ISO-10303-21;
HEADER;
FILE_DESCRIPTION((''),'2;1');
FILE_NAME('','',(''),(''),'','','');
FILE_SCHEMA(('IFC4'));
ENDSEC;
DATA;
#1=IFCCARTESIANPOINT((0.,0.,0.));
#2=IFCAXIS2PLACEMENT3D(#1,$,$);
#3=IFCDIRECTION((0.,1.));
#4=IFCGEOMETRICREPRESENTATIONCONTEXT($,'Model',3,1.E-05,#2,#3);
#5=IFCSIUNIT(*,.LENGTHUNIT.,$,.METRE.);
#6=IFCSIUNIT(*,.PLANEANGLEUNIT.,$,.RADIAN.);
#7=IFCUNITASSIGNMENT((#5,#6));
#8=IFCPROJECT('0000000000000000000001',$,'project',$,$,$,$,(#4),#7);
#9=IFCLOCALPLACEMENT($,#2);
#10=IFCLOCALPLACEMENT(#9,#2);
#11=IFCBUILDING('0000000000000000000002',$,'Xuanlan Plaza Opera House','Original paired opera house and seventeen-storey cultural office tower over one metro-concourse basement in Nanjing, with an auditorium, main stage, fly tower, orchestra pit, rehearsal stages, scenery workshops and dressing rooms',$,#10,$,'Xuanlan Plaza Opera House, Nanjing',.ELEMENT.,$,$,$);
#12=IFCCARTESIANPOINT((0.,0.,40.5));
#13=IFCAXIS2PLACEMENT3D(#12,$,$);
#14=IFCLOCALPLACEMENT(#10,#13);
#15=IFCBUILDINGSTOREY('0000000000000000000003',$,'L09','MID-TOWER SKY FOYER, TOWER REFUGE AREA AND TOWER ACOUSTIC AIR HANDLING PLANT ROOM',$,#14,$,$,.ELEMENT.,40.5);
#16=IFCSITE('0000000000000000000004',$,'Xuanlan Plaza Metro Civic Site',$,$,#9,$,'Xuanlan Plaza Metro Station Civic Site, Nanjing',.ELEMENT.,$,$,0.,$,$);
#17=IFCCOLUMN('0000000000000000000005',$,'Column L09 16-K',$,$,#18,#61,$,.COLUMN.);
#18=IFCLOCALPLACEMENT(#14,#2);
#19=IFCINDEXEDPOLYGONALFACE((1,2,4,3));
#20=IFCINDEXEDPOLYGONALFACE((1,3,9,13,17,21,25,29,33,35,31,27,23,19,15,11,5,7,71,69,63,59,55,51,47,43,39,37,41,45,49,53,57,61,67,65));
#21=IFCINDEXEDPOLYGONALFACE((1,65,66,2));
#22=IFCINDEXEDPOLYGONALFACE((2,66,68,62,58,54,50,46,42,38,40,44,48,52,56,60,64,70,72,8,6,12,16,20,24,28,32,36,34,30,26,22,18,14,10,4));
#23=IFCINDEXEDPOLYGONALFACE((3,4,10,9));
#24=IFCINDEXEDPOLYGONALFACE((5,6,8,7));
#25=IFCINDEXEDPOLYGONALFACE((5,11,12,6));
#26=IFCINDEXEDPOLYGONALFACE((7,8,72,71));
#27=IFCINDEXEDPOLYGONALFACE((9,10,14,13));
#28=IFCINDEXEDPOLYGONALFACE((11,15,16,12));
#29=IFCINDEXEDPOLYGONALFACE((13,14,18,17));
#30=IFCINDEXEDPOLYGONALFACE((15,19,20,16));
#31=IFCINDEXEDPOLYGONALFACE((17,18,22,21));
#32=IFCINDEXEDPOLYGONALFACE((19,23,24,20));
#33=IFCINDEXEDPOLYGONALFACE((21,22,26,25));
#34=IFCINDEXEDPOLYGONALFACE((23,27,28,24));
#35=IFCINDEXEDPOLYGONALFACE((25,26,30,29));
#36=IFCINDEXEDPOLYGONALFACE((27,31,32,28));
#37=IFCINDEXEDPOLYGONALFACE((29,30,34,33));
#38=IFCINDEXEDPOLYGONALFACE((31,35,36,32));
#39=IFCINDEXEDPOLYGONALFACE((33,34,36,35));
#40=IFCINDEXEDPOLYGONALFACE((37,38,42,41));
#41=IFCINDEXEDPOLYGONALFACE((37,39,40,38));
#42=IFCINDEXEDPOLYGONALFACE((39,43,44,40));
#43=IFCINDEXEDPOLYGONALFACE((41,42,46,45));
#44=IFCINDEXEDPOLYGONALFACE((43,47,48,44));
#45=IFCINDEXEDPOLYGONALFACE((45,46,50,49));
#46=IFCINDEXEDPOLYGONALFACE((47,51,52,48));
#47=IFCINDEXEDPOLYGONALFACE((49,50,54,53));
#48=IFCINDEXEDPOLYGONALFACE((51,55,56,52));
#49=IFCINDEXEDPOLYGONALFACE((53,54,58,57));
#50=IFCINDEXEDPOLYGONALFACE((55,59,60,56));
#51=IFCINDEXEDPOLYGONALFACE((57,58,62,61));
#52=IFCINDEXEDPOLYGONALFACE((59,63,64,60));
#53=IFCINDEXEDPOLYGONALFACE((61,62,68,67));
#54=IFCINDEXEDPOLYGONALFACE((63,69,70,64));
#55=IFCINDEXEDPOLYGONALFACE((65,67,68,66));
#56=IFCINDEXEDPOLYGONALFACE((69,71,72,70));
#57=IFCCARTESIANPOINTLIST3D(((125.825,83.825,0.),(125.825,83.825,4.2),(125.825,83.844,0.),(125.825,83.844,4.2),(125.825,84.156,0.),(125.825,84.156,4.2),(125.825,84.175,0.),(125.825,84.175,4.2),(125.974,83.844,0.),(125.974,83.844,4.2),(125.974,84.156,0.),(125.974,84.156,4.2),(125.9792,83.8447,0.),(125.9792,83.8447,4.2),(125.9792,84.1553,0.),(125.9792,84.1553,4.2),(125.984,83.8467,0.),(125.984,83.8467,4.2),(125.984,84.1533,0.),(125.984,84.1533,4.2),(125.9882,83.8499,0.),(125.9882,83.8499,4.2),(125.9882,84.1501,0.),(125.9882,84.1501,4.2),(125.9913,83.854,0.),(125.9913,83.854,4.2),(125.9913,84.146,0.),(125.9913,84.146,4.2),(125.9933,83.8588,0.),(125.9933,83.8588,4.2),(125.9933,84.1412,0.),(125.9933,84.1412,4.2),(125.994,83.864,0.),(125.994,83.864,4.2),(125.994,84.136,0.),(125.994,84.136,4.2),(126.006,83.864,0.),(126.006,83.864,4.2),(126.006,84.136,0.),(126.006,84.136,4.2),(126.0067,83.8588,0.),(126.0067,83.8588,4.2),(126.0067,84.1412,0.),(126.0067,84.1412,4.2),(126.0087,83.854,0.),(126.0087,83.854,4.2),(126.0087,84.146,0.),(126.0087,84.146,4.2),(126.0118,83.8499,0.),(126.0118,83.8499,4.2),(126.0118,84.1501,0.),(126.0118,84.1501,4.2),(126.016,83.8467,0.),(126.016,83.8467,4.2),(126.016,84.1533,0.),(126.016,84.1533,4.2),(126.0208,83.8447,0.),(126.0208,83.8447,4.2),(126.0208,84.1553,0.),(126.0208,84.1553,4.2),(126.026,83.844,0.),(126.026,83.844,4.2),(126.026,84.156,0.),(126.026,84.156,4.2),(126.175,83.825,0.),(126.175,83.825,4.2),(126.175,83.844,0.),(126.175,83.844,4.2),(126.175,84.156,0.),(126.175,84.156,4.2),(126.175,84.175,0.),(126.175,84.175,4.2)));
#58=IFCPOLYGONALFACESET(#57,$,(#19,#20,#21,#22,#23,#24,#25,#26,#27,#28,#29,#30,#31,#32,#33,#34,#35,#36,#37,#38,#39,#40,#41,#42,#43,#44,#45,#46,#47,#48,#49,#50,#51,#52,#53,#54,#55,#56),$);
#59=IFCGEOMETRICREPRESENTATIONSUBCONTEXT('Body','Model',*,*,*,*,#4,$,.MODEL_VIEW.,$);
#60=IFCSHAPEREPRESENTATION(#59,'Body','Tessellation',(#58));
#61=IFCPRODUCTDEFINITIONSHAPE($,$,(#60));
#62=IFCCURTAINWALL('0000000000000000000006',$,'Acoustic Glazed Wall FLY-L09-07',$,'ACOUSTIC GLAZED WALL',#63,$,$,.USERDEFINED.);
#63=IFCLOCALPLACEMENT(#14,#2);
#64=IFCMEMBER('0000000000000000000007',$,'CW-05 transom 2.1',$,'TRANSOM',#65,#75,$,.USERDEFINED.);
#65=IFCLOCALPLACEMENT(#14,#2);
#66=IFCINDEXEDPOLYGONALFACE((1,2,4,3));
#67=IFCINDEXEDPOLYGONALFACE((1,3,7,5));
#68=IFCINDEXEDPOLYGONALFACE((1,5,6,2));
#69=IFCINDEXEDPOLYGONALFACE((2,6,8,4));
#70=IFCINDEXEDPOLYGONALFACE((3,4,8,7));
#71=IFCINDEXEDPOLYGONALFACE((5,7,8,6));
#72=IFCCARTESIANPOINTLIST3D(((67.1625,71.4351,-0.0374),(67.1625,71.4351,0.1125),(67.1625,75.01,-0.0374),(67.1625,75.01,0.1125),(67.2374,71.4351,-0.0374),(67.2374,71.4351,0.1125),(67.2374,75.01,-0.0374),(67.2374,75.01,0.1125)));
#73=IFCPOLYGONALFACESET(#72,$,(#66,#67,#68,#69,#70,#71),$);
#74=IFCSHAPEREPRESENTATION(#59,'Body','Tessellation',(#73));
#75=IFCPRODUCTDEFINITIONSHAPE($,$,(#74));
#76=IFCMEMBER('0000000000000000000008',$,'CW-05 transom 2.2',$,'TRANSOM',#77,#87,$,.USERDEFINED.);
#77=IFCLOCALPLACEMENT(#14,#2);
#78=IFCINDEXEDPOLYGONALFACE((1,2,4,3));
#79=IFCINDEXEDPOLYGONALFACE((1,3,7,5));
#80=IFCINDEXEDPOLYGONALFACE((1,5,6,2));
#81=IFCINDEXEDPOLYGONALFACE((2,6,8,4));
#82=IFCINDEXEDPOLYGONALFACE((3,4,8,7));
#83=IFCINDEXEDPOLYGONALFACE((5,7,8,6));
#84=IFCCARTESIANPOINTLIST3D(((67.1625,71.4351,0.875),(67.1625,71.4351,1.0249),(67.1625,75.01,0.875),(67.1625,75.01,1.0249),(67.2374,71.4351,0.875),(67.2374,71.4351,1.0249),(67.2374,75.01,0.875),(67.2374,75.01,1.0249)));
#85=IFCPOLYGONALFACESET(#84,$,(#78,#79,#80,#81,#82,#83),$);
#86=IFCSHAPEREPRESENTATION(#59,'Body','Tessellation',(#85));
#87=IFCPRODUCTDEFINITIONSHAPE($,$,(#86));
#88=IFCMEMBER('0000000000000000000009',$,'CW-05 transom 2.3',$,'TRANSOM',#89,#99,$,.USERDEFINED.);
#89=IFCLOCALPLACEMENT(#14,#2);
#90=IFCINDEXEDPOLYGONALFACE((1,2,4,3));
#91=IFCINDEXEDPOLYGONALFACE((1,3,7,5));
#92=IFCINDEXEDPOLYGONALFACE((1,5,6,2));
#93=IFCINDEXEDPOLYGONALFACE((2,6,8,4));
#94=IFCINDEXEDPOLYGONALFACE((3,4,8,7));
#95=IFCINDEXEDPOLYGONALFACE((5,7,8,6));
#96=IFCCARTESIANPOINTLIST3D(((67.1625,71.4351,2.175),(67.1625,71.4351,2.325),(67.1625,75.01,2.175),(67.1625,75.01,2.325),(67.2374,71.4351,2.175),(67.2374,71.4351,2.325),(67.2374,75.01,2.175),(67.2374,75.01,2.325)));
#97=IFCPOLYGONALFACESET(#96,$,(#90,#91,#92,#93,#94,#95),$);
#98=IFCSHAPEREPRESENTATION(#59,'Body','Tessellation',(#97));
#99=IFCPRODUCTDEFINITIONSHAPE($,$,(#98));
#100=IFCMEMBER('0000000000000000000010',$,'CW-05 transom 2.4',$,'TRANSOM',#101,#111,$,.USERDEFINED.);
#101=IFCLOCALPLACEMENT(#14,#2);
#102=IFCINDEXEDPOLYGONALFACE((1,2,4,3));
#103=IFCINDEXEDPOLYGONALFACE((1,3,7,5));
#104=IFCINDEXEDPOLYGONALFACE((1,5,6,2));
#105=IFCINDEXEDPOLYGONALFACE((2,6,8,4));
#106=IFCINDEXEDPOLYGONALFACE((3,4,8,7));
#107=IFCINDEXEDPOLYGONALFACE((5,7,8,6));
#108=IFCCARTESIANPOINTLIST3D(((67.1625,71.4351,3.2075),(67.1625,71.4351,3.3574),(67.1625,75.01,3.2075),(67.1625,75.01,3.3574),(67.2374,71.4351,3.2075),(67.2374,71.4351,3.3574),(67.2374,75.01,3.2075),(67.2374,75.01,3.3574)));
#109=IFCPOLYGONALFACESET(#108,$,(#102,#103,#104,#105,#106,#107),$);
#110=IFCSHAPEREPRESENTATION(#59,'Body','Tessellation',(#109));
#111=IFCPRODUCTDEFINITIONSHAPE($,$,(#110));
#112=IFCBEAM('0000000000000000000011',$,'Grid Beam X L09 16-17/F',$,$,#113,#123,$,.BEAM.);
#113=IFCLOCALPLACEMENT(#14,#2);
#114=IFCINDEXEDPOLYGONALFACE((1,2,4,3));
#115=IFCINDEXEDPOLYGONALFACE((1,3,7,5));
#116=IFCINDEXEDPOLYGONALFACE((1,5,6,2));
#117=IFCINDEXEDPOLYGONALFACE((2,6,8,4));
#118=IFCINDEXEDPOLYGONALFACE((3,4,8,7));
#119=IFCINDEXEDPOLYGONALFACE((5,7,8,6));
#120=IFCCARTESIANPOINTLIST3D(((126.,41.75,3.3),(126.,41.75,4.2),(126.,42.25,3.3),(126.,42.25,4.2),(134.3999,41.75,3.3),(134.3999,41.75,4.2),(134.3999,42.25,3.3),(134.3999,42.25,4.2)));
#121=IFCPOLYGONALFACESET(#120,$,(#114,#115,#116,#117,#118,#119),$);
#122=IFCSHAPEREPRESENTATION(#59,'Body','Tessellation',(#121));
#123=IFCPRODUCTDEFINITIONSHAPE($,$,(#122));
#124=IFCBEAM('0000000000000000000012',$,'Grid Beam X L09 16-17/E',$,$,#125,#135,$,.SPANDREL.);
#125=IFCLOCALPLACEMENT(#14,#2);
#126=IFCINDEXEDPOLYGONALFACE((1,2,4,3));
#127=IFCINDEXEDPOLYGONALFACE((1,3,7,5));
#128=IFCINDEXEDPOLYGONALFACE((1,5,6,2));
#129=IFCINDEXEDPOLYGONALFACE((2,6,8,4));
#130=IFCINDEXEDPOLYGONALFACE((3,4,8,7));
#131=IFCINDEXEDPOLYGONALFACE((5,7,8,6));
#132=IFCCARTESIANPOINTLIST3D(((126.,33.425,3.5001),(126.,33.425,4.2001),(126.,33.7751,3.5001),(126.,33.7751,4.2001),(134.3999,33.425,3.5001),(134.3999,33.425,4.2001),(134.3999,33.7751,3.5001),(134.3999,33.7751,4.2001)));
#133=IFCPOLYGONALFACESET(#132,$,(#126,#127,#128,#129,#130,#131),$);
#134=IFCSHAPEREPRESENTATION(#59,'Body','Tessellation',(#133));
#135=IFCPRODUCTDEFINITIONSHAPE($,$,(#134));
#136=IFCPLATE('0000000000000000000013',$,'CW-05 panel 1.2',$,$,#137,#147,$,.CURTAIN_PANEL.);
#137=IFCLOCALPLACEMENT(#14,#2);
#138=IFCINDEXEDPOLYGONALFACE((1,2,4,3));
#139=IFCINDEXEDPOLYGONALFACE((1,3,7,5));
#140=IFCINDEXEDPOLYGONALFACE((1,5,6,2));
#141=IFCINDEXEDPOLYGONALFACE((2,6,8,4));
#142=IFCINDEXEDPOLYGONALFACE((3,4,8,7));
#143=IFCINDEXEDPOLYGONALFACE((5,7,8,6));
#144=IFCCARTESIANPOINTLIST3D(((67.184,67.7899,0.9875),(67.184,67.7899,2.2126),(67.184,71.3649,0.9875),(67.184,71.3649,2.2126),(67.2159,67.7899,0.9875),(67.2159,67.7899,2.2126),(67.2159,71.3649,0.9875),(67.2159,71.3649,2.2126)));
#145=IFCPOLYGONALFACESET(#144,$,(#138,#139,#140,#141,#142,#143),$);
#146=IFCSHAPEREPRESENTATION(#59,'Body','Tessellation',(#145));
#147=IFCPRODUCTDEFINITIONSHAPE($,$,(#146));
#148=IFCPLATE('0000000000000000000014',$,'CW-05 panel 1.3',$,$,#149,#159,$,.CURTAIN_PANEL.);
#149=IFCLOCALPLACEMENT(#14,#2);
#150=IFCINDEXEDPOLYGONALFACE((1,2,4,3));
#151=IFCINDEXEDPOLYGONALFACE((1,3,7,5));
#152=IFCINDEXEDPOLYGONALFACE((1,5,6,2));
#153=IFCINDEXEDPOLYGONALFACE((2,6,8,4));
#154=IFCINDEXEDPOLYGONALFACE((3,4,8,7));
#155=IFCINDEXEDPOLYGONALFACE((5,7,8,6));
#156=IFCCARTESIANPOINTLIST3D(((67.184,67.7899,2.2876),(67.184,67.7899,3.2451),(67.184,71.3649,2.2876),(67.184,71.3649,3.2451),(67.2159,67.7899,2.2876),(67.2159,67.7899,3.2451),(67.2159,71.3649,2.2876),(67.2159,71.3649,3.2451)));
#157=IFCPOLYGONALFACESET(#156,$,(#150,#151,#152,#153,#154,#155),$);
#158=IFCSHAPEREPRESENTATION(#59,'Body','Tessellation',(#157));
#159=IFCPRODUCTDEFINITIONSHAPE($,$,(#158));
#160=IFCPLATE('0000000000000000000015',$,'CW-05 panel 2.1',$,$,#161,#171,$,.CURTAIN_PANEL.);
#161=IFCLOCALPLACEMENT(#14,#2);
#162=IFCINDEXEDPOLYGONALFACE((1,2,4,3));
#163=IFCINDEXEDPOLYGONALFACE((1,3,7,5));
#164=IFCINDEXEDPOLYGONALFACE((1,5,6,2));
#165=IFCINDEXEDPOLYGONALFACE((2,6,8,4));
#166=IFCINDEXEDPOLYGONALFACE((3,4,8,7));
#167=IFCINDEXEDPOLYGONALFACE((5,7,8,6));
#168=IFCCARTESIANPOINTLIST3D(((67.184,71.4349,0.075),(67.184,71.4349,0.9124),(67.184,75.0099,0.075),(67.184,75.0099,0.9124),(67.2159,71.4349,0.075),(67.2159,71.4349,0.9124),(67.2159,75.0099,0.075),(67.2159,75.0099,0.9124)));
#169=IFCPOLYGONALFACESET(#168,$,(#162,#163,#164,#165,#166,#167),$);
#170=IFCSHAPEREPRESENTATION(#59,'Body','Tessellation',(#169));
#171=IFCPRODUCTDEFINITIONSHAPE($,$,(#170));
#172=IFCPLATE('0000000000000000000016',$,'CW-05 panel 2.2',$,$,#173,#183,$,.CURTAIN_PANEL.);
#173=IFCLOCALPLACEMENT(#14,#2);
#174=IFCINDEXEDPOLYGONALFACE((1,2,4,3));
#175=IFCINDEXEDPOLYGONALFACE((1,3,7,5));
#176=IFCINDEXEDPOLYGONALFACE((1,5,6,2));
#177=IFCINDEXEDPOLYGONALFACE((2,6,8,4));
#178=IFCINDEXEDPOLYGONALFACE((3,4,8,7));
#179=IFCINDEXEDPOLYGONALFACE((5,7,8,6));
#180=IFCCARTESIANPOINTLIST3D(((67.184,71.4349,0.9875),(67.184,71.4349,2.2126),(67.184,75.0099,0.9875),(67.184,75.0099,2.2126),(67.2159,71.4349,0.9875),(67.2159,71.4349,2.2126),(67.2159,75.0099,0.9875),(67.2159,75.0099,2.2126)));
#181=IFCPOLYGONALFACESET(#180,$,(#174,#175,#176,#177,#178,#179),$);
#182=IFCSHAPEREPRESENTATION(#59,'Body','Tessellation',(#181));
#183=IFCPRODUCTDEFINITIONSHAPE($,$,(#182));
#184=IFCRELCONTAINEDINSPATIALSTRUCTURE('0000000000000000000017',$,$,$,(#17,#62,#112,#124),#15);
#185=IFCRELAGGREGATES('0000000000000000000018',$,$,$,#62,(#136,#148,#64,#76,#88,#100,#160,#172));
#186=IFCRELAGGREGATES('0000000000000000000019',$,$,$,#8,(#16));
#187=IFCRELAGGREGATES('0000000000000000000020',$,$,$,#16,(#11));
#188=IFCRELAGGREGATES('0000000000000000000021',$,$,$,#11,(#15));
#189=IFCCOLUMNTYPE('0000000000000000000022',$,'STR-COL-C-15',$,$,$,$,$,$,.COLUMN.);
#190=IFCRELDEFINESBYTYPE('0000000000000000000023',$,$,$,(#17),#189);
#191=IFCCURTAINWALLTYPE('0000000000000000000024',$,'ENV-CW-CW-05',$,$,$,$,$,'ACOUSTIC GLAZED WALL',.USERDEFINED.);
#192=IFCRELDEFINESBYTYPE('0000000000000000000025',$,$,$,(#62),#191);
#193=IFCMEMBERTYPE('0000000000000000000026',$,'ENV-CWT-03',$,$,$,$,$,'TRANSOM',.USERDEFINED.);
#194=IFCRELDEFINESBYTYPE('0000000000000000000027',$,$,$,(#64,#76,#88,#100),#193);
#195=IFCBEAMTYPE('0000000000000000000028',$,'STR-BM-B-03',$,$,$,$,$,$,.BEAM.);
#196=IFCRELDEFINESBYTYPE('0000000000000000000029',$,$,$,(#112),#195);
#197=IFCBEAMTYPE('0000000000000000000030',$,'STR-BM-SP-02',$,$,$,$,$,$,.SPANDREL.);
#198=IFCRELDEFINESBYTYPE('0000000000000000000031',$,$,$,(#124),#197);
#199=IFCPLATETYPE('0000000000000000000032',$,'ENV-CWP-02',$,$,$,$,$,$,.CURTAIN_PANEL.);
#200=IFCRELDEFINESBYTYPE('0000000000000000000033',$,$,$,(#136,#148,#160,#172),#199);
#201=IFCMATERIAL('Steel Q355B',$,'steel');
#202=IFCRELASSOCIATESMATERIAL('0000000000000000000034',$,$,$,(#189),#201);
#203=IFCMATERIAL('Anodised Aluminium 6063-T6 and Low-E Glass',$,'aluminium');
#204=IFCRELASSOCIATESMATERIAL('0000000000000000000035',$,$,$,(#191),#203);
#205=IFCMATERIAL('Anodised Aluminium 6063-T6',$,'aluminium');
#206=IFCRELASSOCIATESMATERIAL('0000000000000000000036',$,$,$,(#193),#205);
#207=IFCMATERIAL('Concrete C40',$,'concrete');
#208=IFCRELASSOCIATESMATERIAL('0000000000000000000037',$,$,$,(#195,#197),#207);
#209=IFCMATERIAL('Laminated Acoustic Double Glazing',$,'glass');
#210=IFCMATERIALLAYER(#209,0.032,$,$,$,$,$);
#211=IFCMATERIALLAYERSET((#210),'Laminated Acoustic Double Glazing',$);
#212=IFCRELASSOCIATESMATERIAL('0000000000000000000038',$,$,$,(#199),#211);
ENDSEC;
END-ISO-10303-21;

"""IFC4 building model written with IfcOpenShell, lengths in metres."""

from ifc_helpers import new_model, si_unit, direction, frame, origin, origin_2d, place, context, subcontext, project, spatial, rectangle, i_section, extrude, material, layer, layer_set, material_profile, profile_set, type_object, element, aggregate, save


model = new_model("IFC4")

# Units and contexts
model_context = context("Model", 3, precision=1e-05, world=origin(), true_north=direction((0.0, 1.0)))
body_context = subcontext(model_context, "Body", "Model", "MODEL_VIEW")
ifc_project = project(units=[si_unit("LENGTHUNIT", "METRE"), si_unit("PLANEANGLEUNIT", "RADIAN")], contexts=[model_context])

# Site, building, storey
site_placement = place(None, origin())
site = spatial("IfcSite", under=ifc_project, at=site_placement, Name="Xuanlan Plaza Metro Civic Site", LongName="Xuanlan Plaza Metro Station Civic Site, Nanjing", CompositionType="ELEMENT", RefElevation=0.0)
building_placement = place(site_placement, origin())
building = spatial("IfcBuilding", under=site, at=building_placement, Name="Xuanlan Plaza Opera House", Description="Original paired opera house and seventeen-storey cultural office tower over one metro-concourse basement in Nanjing, with an auditorium, main stage, fly tower, orchestra pit, rehearsal stages, scenery workshops and dressing rooms", LongName="Xuanlan Plaza Opera House, Nanjing", CompositionType="ELEMENT")
storey_placement = place(building_placement, frame((0.0, 0.0, 40.5)))
storey = spatial("IfcBuildingStorey", under=building, at=storey_placement, Name="L09", Description="MID-TOWER SKY FOYER, TOWER REFUGE AREA AND TOWER ACOUSTIC AIR HANDLING PLANT ROOM", CompositionType="ELEMENT", Elevation=40.5)

# Column
ifc_material_1 = material(Name="Steel Q355B", Category="steel")
ifc_material_profile_1 = material_profile(ifc_material_1, i_section(OverallWidth=0.3501, OverallDepth=0.3501, WebThickness=0.012, FlangeThickness=0.019, FilletRadius=0.02, at=origin_2d()), Name="HW 350x350x12x19")
ifc_profile_set_1 = profile_set([ifc_material_profile_1], Name="Steel Q355B")
column_type_1 = type_object("IfcColumnType", Name="STR-COL-C-15", PredefinedType="COLUMN", material=ifc_profile_set_1)
for number, where, z_axis, x_axis, name in (
    (1, (126.0, 84.0, 0.0), (0.0, 0.0, 1.0), (1.0, 0.0, 0.0), "Column L09 16-K"),
):
    element("IfcColumn", number, at=place(storey_placement, frame(where, z_axis=z_axis, x_axis=x_axis)), inside=storey, type_object=column_type_1, Name=name, PredefinedType="COLUMN", context=body_context, shape_type="SweptSolid", body=[
        extrude(i_section(OverallWidth=0.3501, OverallDepth=0.3501, WebThickness=0.012, FlangeThickness=0.019, FilletRadius=0.02, at=origin_2d()), origin(), (0.0, 0.0, 1.0), 4.2),
    ])

# Curtain wall, members
ifc_material_2 = material(Name="Anodised Aluminium 6063-T6 and Low-E Glass", Category="aluminium")
curtain_wall_type = type_object("IfcCurtainWallType", Name="ENV-CW-CW-05", ElementType="ACOUSTIC GLAZED WALL", PredefinedType="USERDEFINED", material=ifc_material_2)
curtain_wall_placement = place(storey_placement, origin())
curtain_wall = element("IfcCurtainWall", 2, at=curtain_wall_placement, inside=storey, type_object=curtain_wall_type, Name="Acoustic Glazed Wall FLY-L09-07", ObjectType="ACOUSTIC GLAZED WALL", PredefinedType="USERDEFINED")
ifc_material_3 = material(Name="Anodised Aluminium 6063-T6", Category="aluminium")
ifc_material_profile_2 = material_profile(ifc_material_3, rectangle(XDim=0.075, YDim=0.1499, at=origin_2d()), Name="ALU-T 75x150")
ifc_profile_set_2 = profile_set([ifc_material_profile_2], Name="Anodised Aluminium 6063-T6")
member_type = type_object("IfcMemberType", Name="ENV-CWT-03", ElementType="TRANSOM", PredefinedType="USERDEFINED", material=ifc_profile_set_2)
member_1_placement = place(storey_placement, frame((67.2, 71.4351, 0.0376), z_axis=(0.0, 1.0, 0.0), x_axis=(-1.0, 0.0, 0.0)))
member_1 = element("IfcMember", 3, at=member_1_placement, type_object=member_type, Name="CW-05 transom 2.1", ObjectType="TRANSOM", PredefinedType="USERDEFINED", context=body_context, shape_type="SweptSolid", body=[
    extrude(rectangle(XDim=0.075, YDim=0.1499, at=origin_2d()), origin(), (0.0, 0.0, 1.0), 3.575),
])
member_2_placement = place(storey_placement, frame((67.2, 71.4351, 0.95), z_axis=(0.0, 1.0, 0.0), x_axis=(-1.0, 0.0, 0.0)))
member_2 = element("IfcMember", 4, at=member_2_placement, type_object=member_type, Name="CW-05 transom 2.2", ObjectType="TRANSOM", PredefinedType="USERDEFINED", context=body_context, shape_type="SweptSolid", body=[
    extrude(rectangle(XDim=0.075, YDim=0.1499, at=origin_2d()), origin(), (0.0, 0.0, 1.0), 3.575),
])
member_3_placement = place(storey_placement, frame((67.2, 71.4351, 2.25), z_axis=(0.0, 1.0, 0.0), x_axis=(-1.0, 0.0, 0.0)))
member_3 = element("IfcMember", 5, at=member_3_placement, type_object=member_type, Name="CW-05 transom 2.3", ObjectType="TRANSOM", PredefinedType="USERDEFINED", context=body_context, shape_type="SweptSolid", body=[
    extrude(rectangle(XDim=0.075, YDim=0.1499, at=origin_2d()), origin(), (0.0, 0.0, 1.0), 3.575),
])
member_4_placement = place(storey_placement, frame((67.2, 71.4351, 3.2825), z_axis=(0.0, 1.0, 0.0), x_axis=(-1.0, 0.0, 0.0)))
member_4 = element("IfcMember", 6, at=member_4_placement, type_object=member_type, Name="CW-05 transom 2.4", ObjectType="TRANSOM", PredefinedType="USERDEFINED", context=body_context, shape_type="SweptSolid", body=[
    extrude(rectangle(XDim=0.075, YDim=0.1499, at=origin_2d()), origin(), (0.0, 0.0, 1.0), 3.575),
])

# Beams
ifc_material_4 = material(Name="Concrete C40", Category="concrete")
ifc_material_profile_3 = material_profile(ifc_material_4, rectangle(XDim=0.5, YDim=0.8999, at=origin_2d()), Name="RC-BM 500x900")
ifc_profile_set_3 = profile_set([ifc_material_profile_3], Name="Concrete C40")
beam_type_1 = type_object("IfcBeamType", Name="STR-BM-B-03", PredefinedType="BEAM", material=ifc_profile_set_3)
beam_1_placement = place(storey_placement, frame((126.0, 42.0, 3.75), z_axis=(1.0, 0.0, 0.0), x_axis=(0.0, 1.0, 0.0)))
element("IfcBeam", 7, at=beam_1_placement, inside=storey, type_object=beam_type_1, Name="Grid Beam X L09 16-17/F", PredefinedType="BEAM", context=body_context, shape_type="SweptSolid", body=[
    extrude(rectangle(XDim=0.5, YDim=0.8999, at=origin_2d()), origin(), (0.0, 0.0, 1.0), 8.3999),
])
ifc_material_profile_4 = material_profile(ifc_material_4, rectangle(XDim=0.3501, YDim=0.7, at=origin_2d()), Name="RC-SPD 350x700")
ifc_profile_set_4 = profile_set([ifc_material_profile_4], Name="Concrete C40")
beam_type_2 = type_object("IfcBeamType", Name="STR-BM-SP-02", PredefinedType="SPANDREL", material=ifc_profile_set_4)
beam_2_placement = place(storey_placement, frame((126.0, 33.6001, 3.8501), z_axis=(1.0, 0.0, 0.0), x_axis=(0.0, 1.0, 0.0)))
element("IfcBeam", 8, at=beam_2_placement, inside=storey, type_object=beam_type_2, Name="Grid Beam X L09 16-17/E", PredefinedType="SPANDREL", context=body_context, shape_type="SweptSolid", body=[
    extrude(rectangle(XDim=0.3501, YDim=0.7, at=origin_2d()), origin(), (0.0, 0.0, 1.0), 8.3999),
])

# Plates
ifc_material_5 = material(Name="Laminated Acoustic Double Glazing", Category="glass")
ifc_layer = layer(ifc_material_5, 0.032)
ifc_layer_set = layer_set([ifc_layer], Name="Laminated Acoustic Double Glazing")
plate_type = type_object("IfcPlateType", Name="ENV-CWP-02", PredefinedType="CURTAIN_PANEL", material=ifc_layer_set)
plate_1_placement = place(storey_placement, frame((67.2, 69.5774, 0.9875), z_axis=(0.0, 0.0, 1.0), x_axis=(0.0, 1.0, 0.0)))
plate_1 = element("IfcPlate", 9, at=plate_1_placement, type_object=plate_type, Name="CW-05 panel 1.2", PredefinedType="CURTAIN_PANEL", context=body_context, shape_type="SweptSolid", body=[
    extrude(rectangle(XDim=3.575, YDim=0.032, at=origin_2d()), origin(), (0.0, 0.0, 1.0), 1.2251),
])
plate_2_placement = place(storey_placement, frame((67.2, 69.5774, 2.2876), z_axis=(0.0, 0.0, 1.0), x_axis=(0.0, 1.0, 0.0)))
plate_2 = element("IfcPlate", 10, at=plate_2_placement, type_object=plate_type, Name="CW-05 panel 1.3", PredefinedType="CURTAIN_PANEL", context=body_context, shape_type="SweptSolid", body=[
    extrude(rectangle(XDim=3.575, YDim=0.032, at=origin_2d()), origin(), (0.0, 0.0, 1.0), 0.9575),
])
plate_3_placement = place(storey_placement, frame((67.2, 73.2224, 0.075), z_axis=(0.0, 0.0, 1.0), x_axis=(0.0, 1.0, 0.0)))
plate_3 = element("IfcPlate", 11, at=plate_3_placement, type_object=plate_type, Name="CW-05 panel 2.1", PredefinedType="CURTAIN_PANEL", context=body_context, shape_type="SweptSolid", body=[
    extrude(rectangle(XDim=3.575, YDim=0.032, at=origin_2d()), origin(), (0.0, 0.0, 1.0), 0.8374),
])
plate_4_placement = place(storey_placement, frame((67.2, 73.2224, 0.9875), z_axis=(0.0, 0.0, 1.0), x_axis=(0.0, 1.0, 0.0)))
plate_4 = element("IfcPlate", 12, at=plate_4_placement, type_object=plate_type, Name="CW-05 panel 2.2", PredefinedType="CURTAIN_PANEL", context=body_context, shape_type="SweptSolid", body=[
    extrude(rectangle(XDim=3.575, YDim=0.032, at=origin_2d()), origin(), (0.0, 0.0, 1.0), 1.2251),
])
aggregate(curtain_wall, [plate_1, plate_2, member_1, member_2, member_3, member_4, plate_3, plate_4])

save(model, "model.ifc")
